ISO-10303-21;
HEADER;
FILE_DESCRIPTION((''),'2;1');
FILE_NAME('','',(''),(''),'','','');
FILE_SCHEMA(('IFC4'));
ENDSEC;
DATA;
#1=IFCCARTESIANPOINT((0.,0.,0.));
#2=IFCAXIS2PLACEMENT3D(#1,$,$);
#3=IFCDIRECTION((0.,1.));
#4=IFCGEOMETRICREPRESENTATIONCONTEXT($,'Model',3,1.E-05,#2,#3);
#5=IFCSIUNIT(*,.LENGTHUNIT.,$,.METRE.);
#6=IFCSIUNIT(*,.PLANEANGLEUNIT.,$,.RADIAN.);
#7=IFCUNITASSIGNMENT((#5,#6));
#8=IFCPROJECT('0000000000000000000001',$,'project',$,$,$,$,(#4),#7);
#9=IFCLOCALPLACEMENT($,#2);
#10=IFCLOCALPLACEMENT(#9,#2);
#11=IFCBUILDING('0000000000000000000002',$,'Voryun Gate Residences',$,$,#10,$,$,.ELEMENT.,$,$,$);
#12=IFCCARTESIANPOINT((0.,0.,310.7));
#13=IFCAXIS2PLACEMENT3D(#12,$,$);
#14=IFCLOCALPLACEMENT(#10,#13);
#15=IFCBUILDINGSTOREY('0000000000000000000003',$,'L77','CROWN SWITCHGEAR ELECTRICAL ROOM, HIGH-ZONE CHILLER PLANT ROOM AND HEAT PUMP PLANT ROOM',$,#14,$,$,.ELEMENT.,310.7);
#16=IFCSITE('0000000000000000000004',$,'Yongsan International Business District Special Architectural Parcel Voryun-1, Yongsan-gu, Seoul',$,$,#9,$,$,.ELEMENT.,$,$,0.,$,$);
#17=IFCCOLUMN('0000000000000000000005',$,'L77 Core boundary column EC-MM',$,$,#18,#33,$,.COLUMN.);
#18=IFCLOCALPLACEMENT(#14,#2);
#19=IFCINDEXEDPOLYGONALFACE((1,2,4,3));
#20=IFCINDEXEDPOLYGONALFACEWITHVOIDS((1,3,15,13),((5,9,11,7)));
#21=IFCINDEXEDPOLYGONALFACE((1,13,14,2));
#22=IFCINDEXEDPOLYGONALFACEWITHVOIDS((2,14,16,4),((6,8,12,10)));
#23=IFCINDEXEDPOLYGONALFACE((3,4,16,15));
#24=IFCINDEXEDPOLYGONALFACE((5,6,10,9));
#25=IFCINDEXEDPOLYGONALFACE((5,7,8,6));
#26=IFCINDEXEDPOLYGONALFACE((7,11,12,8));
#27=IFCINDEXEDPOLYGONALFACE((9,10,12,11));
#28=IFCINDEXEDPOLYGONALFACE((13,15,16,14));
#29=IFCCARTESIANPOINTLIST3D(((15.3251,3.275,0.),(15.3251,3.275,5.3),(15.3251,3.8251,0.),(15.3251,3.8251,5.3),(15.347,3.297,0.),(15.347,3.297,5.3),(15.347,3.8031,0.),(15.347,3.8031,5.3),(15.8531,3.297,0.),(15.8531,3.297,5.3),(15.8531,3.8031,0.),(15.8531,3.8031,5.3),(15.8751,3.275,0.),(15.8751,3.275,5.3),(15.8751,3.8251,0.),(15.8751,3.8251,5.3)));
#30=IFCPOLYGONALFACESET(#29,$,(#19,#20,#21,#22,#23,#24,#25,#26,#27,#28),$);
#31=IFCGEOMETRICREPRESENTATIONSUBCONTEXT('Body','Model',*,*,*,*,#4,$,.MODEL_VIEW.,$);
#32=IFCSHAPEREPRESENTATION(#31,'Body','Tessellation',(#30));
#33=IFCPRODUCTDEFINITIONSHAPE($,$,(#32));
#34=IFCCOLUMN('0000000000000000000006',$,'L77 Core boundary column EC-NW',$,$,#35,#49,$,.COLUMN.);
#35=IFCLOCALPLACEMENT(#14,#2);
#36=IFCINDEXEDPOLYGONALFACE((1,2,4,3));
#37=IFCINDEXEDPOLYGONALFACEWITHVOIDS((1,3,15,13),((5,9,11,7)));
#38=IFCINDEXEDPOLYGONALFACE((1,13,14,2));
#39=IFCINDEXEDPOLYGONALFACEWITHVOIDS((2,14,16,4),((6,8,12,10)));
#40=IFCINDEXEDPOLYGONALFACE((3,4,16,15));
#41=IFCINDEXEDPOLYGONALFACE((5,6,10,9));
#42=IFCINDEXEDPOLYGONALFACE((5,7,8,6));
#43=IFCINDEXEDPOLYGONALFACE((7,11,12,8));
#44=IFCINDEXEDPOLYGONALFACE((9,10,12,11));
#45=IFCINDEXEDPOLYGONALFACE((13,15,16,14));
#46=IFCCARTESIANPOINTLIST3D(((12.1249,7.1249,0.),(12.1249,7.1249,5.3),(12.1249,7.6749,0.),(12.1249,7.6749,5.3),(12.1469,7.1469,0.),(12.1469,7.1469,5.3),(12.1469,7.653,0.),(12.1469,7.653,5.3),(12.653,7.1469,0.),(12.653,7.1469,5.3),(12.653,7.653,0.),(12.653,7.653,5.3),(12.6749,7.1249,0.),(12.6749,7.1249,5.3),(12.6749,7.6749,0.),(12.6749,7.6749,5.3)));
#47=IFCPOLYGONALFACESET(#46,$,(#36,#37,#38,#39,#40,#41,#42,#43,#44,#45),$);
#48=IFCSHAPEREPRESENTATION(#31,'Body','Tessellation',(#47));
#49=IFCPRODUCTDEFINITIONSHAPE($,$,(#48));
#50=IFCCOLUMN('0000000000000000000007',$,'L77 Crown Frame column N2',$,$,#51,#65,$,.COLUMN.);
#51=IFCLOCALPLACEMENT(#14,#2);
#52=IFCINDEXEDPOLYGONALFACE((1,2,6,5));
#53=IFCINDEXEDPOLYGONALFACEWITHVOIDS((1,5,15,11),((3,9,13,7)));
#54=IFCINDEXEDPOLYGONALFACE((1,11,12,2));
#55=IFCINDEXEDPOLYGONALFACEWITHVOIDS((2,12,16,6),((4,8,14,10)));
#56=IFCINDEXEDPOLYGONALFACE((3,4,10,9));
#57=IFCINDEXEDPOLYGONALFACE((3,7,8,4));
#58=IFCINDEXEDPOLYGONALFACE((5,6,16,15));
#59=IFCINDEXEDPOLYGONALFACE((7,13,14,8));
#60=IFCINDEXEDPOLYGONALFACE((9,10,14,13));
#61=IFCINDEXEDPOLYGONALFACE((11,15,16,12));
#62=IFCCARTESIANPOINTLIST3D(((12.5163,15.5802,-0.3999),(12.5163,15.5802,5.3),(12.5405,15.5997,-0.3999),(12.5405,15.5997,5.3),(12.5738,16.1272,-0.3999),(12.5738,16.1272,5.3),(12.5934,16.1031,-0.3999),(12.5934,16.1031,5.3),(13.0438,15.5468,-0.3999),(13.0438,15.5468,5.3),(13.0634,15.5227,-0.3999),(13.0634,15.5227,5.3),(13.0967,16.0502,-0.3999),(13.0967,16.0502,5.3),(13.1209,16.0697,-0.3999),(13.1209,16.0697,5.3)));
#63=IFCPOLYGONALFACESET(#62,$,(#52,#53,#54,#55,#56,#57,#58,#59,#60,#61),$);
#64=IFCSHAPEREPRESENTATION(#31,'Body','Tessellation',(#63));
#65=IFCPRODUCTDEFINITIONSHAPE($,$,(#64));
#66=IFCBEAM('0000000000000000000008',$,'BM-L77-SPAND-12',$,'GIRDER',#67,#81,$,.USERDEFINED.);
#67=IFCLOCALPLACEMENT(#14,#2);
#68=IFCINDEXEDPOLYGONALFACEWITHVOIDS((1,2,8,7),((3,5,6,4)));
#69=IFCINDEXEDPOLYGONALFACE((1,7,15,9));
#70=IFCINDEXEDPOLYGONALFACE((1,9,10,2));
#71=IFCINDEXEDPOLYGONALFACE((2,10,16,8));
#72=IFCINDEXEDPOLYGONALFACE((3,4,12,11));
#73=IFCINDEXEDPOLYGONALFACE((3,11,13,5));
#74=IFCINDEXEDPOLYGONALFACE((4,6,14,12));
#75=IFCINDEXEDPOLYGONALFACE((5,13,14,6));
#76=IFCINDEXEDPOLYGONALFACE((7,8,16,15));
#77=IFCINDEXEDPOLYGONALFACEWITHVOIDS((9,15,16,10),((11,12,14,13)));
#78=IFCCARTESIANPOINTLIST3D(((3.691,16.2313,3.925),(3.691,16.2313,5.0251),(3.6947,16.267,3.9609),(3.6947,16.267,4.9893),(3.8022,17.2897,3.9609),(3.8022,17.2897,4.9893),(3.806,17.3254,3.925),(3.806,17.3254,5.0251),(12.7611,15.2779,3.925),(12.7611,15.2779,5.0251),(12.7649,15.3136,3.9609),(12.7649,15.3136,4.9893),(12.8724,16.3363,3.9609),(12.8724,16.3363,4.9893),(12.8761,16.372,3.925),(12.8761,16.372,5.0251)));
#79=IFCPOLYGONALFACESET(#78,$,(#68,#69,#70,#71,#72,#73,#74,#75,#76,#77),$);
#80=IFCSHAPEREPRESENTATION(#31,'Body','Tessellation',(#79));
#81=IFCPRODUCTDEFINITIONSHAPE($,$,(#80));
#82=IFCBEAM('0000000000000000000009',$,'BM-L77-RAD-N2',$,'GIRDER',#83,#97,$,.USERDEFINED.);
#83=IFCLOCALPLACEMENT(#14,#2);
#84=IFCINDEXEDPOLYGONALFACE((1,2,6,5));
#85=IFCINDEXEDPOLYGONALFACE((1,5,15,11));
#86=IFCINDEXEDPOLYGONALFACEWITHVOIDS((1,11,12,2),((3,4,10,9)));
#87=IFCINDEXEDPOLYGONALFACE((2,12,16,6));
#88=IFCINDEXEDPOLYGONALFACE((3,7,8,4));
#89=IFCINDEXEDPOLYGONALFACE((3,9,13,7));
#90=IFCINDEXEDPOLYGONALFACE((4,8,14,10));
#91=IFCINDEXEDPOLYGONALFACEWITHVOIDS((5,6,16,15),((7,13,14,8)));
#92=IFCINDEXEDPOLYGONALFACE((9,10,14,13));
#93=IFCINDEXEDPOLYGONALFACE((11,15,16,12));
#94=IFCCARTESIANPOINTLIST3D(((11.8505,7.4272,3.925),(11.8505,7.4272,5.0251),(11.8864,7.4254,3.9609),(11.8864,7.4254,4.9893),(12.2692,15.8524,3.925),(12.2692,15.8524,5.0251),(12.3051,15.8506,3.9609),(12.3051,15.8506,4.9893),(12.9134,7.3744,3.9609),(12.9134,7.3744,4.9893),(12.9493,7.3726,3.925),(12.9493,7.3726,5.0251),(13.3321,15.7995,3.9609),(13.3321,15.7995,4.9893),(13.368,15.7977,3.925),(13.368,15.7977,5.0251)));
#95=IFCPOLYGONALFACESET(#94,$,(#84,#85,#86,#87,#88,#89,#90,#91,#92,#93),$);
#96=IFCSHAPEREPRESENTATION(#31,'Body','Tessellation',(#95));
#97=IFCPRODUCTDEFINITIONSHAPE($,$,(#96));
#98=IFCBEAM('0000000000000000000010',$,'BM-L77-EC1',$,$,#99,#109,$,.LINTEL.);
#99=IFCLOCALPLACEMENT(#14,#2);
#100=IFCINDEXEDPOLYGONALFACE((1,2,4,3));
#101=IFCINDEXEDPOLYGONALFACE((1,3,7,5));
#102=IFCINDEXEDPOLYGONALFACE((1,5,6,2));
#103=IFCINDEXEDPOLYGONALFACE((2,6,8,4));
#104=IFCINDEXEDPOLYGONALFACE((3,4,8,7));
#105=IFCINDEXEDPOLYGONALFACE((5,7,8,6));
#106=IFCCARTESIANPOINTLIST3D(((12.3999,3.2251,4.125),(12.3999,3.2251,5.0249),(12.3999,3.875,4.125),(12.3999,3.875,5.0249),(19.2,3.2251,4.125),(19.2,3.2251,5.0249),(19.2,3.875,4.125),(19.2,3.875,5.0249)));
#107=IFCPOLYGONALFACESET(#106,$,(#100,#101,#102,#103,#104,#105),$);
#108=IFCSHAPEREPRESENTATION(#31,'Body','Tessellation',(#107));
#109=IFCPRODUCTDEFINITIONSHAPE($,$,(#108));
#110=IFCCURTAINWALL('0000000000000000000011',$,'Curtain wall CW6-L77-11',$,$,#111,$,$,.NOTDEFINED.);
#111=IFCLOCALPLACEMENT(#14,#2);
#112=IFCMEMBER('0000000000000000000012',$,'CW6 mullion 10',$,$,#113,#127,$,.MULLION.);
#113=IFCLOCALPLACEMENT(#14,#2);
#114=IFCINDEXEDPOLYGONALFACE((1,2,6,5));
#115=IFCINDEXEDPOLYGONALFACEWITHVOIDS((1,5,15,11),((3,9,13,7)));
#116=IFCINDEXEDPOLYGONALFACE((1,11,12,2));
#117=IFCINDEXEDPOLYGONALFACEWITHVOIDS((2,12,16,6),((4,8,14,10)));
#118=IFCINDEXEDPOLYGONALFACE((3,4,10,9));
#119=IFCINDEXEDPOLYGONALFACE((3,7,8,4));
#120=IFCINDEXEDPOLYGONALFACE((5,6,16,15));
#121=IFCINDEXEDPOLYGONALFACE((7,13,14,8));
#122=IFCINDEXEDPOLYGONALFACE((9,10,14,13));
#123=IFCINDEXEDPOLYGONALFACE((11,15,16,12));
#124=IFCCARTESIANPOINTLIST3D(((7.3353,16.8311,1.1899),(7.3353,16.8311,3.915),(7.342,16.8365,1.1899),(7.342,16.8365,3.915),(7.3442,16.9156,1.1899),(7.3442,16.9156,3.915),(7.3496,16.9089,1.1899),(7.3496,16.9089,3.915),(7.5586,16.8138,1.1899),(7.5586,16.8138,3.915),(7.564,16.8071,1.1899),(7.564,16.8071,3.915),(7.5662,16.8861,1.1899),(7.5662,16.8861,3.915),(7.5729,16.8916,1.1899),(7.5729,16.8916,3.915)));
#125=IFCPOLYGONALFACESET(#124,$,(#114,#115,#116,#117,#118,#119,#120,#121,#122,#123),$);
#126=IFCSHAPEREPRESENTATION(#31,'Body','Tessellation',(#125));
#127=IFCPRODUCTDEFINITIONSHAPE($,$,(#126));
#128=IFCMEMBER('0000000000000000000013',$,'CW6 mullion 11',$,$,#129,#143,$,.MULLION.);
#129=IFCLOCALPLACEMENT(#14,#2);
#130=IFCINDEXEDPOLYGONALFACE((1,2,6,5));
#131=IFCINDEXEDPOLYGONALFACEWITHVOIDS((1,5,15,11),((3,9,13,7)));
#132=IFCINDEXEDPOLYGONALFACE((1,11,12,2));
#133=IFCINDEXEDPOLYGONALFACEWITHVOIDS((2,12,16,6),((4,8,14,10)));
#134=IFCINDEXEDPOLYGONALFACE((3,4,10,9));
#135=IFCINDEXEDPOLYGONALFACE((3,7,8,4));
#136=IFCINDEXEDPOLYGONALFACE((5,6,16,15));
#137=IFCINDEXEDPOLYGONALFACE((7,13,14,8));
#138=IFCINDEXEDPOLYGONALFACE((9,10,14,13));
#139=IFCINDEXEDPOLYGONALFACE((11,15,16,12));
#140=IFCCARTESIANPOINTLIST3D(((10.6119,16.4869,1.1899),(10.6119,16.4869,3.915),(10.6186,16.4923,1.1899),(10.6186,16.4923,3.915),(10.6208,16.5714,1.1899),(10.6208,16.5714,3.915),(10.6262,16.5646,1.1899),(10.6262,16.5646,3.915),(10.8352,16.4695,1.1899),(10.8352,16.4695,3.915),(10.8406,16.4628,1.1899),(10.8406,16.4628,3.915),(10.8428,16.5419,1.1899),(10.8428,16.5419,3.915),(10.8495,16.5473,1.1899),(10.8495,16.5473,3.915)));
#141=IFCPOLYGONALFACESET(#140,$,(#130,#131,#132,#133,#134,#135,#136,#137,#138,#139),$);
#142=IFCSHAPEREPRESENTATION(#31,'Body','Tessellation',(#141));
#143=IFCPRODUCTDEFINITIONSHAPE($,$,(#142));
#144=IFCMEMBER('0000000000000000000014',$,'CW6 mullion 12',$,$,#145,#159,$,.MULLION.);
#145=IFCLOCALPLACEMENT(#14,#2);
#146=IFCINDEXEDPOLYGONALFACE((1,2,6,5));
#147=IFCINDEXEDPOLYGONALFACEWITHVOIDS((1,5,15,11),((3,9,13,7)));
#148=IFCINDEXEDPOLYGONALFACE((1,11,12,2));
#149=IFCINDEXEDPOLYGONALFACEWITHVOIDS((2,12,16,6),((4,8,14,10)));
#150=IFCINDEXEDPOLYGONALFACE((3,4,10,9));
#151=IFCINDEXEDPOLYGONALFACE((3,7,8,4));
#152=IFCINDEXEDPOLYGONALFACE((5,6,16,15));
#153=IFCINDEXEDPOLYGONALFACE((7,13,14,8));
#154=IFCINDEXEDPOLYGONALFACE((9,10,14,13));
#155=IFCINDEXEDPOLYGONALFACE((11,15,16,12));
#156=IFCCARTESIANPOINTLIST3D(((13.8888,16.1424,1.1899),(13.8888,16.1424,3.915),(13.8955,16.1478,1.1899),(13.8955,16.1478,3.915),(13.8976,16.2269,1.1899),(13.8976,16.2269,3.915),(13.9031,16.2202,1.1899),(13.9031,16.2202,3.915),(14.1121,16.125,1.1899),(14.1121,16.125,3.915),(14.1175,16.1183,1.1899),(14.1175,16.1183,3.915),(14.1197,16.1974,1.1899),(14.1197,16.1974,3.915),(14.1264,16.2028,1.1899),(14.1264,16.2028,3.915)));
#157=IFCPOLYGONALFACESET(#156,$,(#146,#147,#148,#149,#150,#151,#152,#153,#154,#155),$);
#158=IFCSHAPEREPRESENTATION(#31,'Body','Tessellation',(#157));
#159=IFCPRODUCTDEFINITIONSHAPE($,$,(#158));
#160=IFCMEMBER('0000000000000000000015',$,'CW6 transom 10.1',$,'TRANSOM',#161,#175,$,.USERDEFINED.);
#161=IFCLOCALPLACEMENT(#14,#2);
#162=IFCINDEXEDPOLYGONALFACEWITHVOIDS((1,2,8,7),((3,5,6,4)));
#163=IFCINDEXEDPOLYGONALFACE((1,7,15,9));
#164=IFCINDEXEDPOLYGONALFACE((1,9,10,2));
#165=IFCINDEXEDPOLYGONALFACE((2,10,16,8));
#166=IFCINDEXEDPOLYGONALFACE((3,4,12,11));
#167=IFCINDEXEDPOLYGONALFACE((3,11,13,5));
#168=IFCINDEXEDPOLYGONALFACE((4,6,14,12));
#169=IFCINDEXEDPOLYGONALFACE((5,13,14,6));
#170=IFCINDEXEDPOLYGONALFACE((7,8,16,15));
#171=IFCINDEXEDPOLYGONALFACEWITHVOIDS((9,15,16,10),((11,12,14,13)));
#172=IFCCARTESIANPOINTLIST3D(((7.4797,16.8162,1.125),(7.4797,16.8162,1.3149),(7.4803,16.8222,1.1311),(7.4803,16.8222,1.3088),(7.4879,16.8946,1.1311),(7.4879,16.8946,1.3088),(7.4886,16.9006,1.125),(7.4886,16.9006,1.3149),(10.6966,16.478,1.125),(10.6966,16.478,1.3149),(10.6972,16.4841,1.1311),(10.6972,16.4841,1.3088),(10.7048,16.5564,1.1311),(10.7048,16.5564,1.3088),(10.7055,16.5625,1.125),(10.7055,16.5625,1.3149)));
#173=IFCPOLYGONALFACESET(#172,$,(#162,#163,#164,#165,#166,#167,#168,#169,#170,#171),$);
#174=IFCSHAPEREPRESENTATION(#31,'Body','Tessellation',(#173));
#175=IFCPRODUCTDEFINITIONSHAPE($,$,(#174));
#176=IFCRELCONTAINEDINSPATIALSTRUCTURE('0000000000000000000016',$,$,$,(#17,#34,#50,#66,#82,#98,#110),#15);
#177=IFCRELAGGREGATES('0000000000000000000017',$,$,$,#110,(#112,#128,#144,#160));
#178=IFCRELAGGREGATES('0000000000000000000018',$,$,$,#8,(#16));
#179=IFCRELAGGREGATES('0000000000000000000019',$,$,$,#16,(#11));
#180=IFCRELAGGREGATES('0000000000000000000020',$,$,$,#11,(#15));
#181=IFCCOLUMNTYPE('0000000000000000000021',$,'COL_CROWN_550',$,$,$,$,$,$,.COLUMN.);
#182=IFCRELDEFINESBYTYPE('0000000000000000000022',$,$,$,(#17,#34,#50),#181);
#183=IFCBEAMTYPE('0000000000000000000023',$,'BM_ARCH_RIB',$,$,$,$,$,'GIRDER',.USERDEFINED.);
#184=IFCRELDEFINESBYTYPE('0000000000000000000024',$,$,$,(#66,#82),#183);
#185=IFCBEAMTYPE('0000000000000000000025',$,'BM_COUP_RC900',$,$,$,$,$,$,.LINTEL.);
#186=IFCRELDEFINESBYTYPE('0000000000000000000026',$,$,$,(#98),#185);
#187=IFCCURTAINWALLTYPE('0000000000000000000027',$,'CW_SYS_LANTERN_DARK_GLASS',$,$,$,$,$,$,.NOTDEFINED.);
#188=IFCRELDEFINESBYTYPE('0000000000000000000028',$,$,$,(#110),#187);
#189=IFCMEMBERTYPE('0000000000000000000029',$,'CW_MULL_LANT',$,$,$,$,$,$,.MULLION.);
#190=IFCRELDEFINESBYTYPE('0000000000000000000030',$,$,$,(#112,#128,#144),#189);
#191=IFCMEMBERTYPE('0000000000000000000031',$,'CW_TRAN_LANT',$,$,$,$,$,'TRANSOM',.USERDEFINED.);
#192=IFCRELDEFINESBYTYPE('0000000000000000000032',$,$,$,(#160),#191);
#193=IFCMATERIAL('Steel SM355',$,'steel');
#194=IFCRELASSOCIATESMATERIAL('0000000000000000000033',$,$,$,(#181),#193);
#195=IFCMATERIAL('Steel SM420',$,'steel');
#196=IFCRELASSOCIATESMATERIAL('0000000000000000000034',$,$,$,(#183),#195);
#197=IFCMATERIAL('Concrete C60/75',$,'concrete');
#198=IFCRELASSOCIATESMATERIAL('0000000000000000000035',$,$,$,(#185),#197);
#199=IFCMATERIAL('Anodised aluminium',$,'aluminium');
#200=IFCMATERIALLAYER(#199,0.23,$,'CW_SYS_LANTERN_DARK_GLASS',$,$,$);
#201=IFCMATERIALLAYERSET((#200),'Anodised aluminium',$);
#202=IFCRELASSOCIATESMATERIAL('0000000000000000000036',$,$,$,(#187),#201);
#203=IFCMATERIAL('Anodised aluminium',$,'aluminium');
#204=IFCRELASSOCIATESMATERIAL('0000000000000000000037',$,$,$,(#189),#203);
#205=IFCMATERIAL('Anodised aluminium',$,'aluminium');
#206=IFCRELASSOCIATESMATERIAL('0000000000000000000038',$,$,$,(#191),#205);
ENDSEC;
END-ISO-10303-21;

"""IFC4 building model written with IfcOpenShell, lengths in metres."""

from ifc_helpers import new_model, si_unit, direction, frame, origin, origin_2d, place, context, subcontext, project, spatial, rectangle, hollow_rectangle, extrude, material, layer, layer_set, material_profile, profile_set, type_object, element, aggregate, save


model = new_model("IFC4")

# Units and contexts
model_context = context("Model", 3, precision=1e-05, world=origin(), true_north=direction((0.0, 1.0)))
body_context = subcontext(model_context, "Body", "Model", "MODEL_VIEW")
ifc_project = project(units=[si_unit("LENGTHUNIT", "METRE"), si_unit("PLANEANGLEUNIT", "RADIAN")], contexts=[model_context])

# Site, building, storey
site_placement = place(None, origin())
site = spatial("IfcSite", under=ifc_project, at=site_placement, Name="Yongsan International Business District Special Architectural Parcel Voryun-1, Yongsan-gu, Seoul", CompositionType="ELEMENT", RefElevation=0.0)
building_placement = place(site_placement, origin())
building = spatial("IfcBuilding", under=site, at=building_placement, Name="Voryun Gate Residences", CompositionType="ELEMENT")
storey_placement = place(building_placement, frame((0.0, 0.0, 310.7)))
storey = spatial("IfcBuildingStorey", under=building, at=storey_placement, Name="L77", Description="CROWN SWITCHGEAR ELECTRICAL ROOM, HIGH-ZONE CHILLER PLANT ROOM AND HEAT PUMP PLANT ROOM", CompositionType="ELEMENT", Elevation=310.7)

# Columns
ifc_material_1 = material(Name="Steel SM355", Category="steel")
ifc_material_profile_1 = material_profile(ifc_material_1, hollow_rectangle(XDim=0.55, YDim=0.55, WallThickness=0.022, at=origin_2d()), Name="BOX-550x550x22")
ifc_profile_set_1 = profile_set([ifc_material_profile_1], Name="Steel SM355")
column_type = type_object("IfcColumnType", Name="COL_CROWN_550", PredefinedType="COLUMN", material=ifc_profile_set_1)
for number, where, z_axis, x_axis, name in (
    (1, (15.6001, 3.55, 0.0), (0.0, 0.0, 1.0), (1.0, 0.0, 0.0), "L77 Core boundary column EC-MM"),
    (2, (12.3999, 7.3999, 0.0), (0.0, 0.0, 1.0), (1.0, 0.0, 0.0), "L77 Core boundary column EC-NW"),
):
    element("IfcColumn", number, at=place(storey_placement, frame(where, z_axis=z_axis, x_axis=x_axis)), inside=storey, type_object=column_type, Name=name, PredefinedType="COLUMN", context=body_context, shape_type="SweptSolid", body=[
        extrude(hollow_rectangle(XDim=0.55, YDim=0.55, WallThickness=0.022, at=origin_2d()), origin(), (0.0, 0.0, 1.0), 5.3),
    ])
column_placement = place(storey_placement, frame((12.8186, 15.825, -0.3999), z_axis=(0.0, 0.0, 1.0), x_axis=(0.994522, -0.104528, 0.0)))
element("IfcColumn", 3, at=column_placement, inside=storey, type_object=column_type, Name="L77 Crown Frame column N2", PredefinedType="COLUMN", context=body_context, shape_type="SweptSolid", body=[
    extrude(hollow_rectangle(XDim=0.55, YDim=0.55, WallThickness=0.022, at=origin_2d()), origin(), (0.0, 0.0, 1.0), 5.7),
])

# Beams
ifc_material_2 = material(Name="Steel SM420", Category="steel")
ifc_material_profile_2 = material_profile(ifc_material_2, hollow_rectangle(XDim=1.1001, YDim=1.1001, WallThickness=0.0359, at=origin_2d()), Name="BOX-1100x1100x36")
ifc_profile_set_2 = profile_set([ifc_material_profile_2], Name="Steel SM420")
beam_type_1 = type_object("IfcBeamType", Name="BM_ARCH_RIB", ElementType="GIRDER", PredefinedType="USERDEFINED", material=ifc_profile_set_2)
beam_1_placement = place(storey_placement, frame((12.8186, 15.825, 4.4751), z_axis=(-0.994521, 0.104536, 0.0), x_axis=(-0.104536, -0.994521, 0.0)))
element("IfcBeam", 4, at=beam_1_placement, inside=storey, type_object=beam_type_1, Name="BM-L77-SPAND-12", ObjectType="GIRDER", PredefinedType="USERDEFINED", context=body_context, shape_type="SweptSolid", body=[
    extrude(hollow_rectangle(XDim=1.1001, YDim=1.1001, WallThickness=0.0359, at=origin_2d()), origin(), (0.0, 0.0, 1.0), 9.1201),
])
beam_2_placement = place(storey_placement, frame((12.3999, 7.3999, 4.4751), z_axis=(0.049636, 0.998767, 0.0), x_axis=(-0.998767, 0.049636, 0.0)))
element("IfcBeam", 5, at=beam_2_placement, inside=storey, type_object=beam_type_1, Name="BM-L77-RAD-N2", ObjectType="GIRDER", PredefinedType="USERDEFINED", context=body_context, shape_type="SweptSolid", body=[
    extrude(hollow_rectangle(XDim=1.1001, YDim=1.1001, WallThickness=0.0359, at=origin_2d()), origin(), (0.0, 0.0, 1.0), 8.4355),
])
ifc_material_3 = material(Name="Concrete C60/75", Category="concrete")
ifc_material_profile_3 = material_profile(ifc_material_3, rectangle(XDim=0.6499, YDim=0.8999, at=origin_2d()), Name="RC-650x900")
ifc_profile_set_3 = profile_set([ifc_material_profile_3], Name="Concrete C60/75")
beam_type_2 = type_object("IfcBeamType", Name="BM_COUP_RC900", PredefinedType="LINTEL", material=ifc_profile_set_3)
beam_3_placement = place(storey_placement, frame((12.3999, 3.55, 4.575), z_axis=(1.0, 0.0, 0.0), x_axis=(0.0, 1.0, 0.0)))
element("IfcBeam", 6, at=beam_3_placement, inside=storey, type_object=beam_type_2, Name="BM-L77-EC1", PredefinedType="LINTEL", context=body_context, shape_type="SweptSolid", body=[
    extrude(rectangle(XDim=0.6499, YDim=0.8999, at=origin_2d()), origin(), (0.0, 0.0, 1.0), 6.8),
])

# Curtain wall, members
ifc_material_4 = material(Name="Anodised aluminium", Category="aluminium")
ifc_layer_1 = layer(ifc_material_4, 0.23, Name="CW_SYS_LANTERN_DARK_GLASS")
ifc_layer_set_1 = layer_set([ifc_layer_1], Name="Anodised aluminium")
curtain_wall_type = type_object("IfcCurtainWallType", Name="CW_SYS_LANTERN_DARK_GLASS", PredefinedType="NOTDEFINED", material=ifc_layer_set_1)
curtain_wall_placement = place(storey_placement, origin())
curtain_wall = element("IfcCurtainWall", 7, at=curtain_wall_placement, inside=storey, type_object=curtain_wall_type, Name="Curtain wall CW6-L77-11", PredefinedType="NOTDEFINED")
ifc_material_5 = material(Name="Anodised aluminium", Category="aluminium")
ifc_material_profile_4 = material_profile(ifc_material_5, hollow_rectangle(XDim=0.085, YDim=0.23, WallThickness=0.0061, at=origin_2d()), Name="ALU-MULL-230x85x6")
ifc_profile_set_4 = profile_set([ifc_material_profile_4], Name="Anodised aluminium")
member_type_1 = type_object("IfcMemberType", Name="CW_MULL_LANT", PredefinedType="MULLION", material=ifc_profile_set_4)
member_1_placement = place(storey_placement, frame((7.4541, 16.8613, 1.1899), z_axis=(0.0, 0.0, 1.0), x_axis=(0.104528, 0.994522, 0.0)))
member_1 = element("IfcMember", 8, at=member_1_placement, type_object=member_type_1, Name="CW6 mullion 10", PredefinedType="MULLION", context=body_context, shape_type="SweptSolid", body=[
    extrude(hollow_rectangle(XDim=0.085, YDim=0.23, WallThickness=0.0061, at=origin_2d()), origin(), (0.0, 0.0, 1.0), 2.7251),
])
member_2_placement = place(storey_placement, frame((10.7307, 16.5171, 1.1899), z_axis=(0.0, 0.0, 1.0), x_axis=(0.104528, 0.994522, 0.0)))
member_2 = element("IfcMember", 9, at=member_2_placement, type_object=member_type_1, Name="CW6 mullion 11", PredefinedType="MULLION", context=body_context, shape_type="SweptSolid", body=[
    extrude(hollow_rectangle(XDim=0.085, YDim=0.23, WallThickness=0.0061, at=origin_2d()), origin(), (0.0, 0.0, 1.0), 2.7251),
])
member_3_placement = place(storey_placement, frame((14.0076, 16.1726, 1.1899), z_axis=(0.0, 0.0, 1.0), x_axis=(0.104528, 0.994522, 0.0)))
member_3 = element("IfcMember", 10, at=member_3_placement, type_object=member_type_1, Name="CW6 mullion 12", PredefinedType="MULLION", context=body_context, shape_type="SweptSolid", body=[
    extrude(hollow_rectangle(XDim=0.085, YDim=0.23, WallThickness=0.0061, at=origin_2d()), origin(), (0.0, 0.0, 1.0), 2.7251),
])
ifc_material_6 = material(Name="Anodised aluminium", Category="aluminium")
ifc_material_profile_5 = material_profile(ifc_material_6, hollow_rectangle(XDim=0.085, YDim=0.1899, WallThickness=0.0061, at=origin_2d()), Name="ALU-TRAN-190x85x6")
ifc_profile_set_5 = profile_set([ifc_material_profile_5], Name="Anodised aluminium")
member_type_2 = type_object("IfcMemberType", Name="CW_TRAN_LANT", ElementType="TRANSOM", PredefinedType="USERDEFINED", material=ifc_profile_set_5)
member_4_placement = place(storey_placement, frame((7.4841, 16.8584, 1.22), z_axis=(0.994521, -0.104539, 0.0), x_axis=(0.104539, 0.994521, 0.0)))
member_4 = element("IfcMember", 11, at=member_4_placement, type_object=member_type_2, Name="CW6 transom 10.1", ObjectType="TRANSOM", PredefinedType="USERDEFINED", context=body_context, shape_type="SweptSolid", body=[
    extrude(hollow_rectangle(XDim=0.085, YDim=0.1899, WallThickness=0.0061, at=origin_2d()), origin(), (0.0, 0.0, 1.0), 3.2346),
])

aggregate(curtain_wall, [member_1, member_2, member_3, member_4])

save(model, "model.ifc")
